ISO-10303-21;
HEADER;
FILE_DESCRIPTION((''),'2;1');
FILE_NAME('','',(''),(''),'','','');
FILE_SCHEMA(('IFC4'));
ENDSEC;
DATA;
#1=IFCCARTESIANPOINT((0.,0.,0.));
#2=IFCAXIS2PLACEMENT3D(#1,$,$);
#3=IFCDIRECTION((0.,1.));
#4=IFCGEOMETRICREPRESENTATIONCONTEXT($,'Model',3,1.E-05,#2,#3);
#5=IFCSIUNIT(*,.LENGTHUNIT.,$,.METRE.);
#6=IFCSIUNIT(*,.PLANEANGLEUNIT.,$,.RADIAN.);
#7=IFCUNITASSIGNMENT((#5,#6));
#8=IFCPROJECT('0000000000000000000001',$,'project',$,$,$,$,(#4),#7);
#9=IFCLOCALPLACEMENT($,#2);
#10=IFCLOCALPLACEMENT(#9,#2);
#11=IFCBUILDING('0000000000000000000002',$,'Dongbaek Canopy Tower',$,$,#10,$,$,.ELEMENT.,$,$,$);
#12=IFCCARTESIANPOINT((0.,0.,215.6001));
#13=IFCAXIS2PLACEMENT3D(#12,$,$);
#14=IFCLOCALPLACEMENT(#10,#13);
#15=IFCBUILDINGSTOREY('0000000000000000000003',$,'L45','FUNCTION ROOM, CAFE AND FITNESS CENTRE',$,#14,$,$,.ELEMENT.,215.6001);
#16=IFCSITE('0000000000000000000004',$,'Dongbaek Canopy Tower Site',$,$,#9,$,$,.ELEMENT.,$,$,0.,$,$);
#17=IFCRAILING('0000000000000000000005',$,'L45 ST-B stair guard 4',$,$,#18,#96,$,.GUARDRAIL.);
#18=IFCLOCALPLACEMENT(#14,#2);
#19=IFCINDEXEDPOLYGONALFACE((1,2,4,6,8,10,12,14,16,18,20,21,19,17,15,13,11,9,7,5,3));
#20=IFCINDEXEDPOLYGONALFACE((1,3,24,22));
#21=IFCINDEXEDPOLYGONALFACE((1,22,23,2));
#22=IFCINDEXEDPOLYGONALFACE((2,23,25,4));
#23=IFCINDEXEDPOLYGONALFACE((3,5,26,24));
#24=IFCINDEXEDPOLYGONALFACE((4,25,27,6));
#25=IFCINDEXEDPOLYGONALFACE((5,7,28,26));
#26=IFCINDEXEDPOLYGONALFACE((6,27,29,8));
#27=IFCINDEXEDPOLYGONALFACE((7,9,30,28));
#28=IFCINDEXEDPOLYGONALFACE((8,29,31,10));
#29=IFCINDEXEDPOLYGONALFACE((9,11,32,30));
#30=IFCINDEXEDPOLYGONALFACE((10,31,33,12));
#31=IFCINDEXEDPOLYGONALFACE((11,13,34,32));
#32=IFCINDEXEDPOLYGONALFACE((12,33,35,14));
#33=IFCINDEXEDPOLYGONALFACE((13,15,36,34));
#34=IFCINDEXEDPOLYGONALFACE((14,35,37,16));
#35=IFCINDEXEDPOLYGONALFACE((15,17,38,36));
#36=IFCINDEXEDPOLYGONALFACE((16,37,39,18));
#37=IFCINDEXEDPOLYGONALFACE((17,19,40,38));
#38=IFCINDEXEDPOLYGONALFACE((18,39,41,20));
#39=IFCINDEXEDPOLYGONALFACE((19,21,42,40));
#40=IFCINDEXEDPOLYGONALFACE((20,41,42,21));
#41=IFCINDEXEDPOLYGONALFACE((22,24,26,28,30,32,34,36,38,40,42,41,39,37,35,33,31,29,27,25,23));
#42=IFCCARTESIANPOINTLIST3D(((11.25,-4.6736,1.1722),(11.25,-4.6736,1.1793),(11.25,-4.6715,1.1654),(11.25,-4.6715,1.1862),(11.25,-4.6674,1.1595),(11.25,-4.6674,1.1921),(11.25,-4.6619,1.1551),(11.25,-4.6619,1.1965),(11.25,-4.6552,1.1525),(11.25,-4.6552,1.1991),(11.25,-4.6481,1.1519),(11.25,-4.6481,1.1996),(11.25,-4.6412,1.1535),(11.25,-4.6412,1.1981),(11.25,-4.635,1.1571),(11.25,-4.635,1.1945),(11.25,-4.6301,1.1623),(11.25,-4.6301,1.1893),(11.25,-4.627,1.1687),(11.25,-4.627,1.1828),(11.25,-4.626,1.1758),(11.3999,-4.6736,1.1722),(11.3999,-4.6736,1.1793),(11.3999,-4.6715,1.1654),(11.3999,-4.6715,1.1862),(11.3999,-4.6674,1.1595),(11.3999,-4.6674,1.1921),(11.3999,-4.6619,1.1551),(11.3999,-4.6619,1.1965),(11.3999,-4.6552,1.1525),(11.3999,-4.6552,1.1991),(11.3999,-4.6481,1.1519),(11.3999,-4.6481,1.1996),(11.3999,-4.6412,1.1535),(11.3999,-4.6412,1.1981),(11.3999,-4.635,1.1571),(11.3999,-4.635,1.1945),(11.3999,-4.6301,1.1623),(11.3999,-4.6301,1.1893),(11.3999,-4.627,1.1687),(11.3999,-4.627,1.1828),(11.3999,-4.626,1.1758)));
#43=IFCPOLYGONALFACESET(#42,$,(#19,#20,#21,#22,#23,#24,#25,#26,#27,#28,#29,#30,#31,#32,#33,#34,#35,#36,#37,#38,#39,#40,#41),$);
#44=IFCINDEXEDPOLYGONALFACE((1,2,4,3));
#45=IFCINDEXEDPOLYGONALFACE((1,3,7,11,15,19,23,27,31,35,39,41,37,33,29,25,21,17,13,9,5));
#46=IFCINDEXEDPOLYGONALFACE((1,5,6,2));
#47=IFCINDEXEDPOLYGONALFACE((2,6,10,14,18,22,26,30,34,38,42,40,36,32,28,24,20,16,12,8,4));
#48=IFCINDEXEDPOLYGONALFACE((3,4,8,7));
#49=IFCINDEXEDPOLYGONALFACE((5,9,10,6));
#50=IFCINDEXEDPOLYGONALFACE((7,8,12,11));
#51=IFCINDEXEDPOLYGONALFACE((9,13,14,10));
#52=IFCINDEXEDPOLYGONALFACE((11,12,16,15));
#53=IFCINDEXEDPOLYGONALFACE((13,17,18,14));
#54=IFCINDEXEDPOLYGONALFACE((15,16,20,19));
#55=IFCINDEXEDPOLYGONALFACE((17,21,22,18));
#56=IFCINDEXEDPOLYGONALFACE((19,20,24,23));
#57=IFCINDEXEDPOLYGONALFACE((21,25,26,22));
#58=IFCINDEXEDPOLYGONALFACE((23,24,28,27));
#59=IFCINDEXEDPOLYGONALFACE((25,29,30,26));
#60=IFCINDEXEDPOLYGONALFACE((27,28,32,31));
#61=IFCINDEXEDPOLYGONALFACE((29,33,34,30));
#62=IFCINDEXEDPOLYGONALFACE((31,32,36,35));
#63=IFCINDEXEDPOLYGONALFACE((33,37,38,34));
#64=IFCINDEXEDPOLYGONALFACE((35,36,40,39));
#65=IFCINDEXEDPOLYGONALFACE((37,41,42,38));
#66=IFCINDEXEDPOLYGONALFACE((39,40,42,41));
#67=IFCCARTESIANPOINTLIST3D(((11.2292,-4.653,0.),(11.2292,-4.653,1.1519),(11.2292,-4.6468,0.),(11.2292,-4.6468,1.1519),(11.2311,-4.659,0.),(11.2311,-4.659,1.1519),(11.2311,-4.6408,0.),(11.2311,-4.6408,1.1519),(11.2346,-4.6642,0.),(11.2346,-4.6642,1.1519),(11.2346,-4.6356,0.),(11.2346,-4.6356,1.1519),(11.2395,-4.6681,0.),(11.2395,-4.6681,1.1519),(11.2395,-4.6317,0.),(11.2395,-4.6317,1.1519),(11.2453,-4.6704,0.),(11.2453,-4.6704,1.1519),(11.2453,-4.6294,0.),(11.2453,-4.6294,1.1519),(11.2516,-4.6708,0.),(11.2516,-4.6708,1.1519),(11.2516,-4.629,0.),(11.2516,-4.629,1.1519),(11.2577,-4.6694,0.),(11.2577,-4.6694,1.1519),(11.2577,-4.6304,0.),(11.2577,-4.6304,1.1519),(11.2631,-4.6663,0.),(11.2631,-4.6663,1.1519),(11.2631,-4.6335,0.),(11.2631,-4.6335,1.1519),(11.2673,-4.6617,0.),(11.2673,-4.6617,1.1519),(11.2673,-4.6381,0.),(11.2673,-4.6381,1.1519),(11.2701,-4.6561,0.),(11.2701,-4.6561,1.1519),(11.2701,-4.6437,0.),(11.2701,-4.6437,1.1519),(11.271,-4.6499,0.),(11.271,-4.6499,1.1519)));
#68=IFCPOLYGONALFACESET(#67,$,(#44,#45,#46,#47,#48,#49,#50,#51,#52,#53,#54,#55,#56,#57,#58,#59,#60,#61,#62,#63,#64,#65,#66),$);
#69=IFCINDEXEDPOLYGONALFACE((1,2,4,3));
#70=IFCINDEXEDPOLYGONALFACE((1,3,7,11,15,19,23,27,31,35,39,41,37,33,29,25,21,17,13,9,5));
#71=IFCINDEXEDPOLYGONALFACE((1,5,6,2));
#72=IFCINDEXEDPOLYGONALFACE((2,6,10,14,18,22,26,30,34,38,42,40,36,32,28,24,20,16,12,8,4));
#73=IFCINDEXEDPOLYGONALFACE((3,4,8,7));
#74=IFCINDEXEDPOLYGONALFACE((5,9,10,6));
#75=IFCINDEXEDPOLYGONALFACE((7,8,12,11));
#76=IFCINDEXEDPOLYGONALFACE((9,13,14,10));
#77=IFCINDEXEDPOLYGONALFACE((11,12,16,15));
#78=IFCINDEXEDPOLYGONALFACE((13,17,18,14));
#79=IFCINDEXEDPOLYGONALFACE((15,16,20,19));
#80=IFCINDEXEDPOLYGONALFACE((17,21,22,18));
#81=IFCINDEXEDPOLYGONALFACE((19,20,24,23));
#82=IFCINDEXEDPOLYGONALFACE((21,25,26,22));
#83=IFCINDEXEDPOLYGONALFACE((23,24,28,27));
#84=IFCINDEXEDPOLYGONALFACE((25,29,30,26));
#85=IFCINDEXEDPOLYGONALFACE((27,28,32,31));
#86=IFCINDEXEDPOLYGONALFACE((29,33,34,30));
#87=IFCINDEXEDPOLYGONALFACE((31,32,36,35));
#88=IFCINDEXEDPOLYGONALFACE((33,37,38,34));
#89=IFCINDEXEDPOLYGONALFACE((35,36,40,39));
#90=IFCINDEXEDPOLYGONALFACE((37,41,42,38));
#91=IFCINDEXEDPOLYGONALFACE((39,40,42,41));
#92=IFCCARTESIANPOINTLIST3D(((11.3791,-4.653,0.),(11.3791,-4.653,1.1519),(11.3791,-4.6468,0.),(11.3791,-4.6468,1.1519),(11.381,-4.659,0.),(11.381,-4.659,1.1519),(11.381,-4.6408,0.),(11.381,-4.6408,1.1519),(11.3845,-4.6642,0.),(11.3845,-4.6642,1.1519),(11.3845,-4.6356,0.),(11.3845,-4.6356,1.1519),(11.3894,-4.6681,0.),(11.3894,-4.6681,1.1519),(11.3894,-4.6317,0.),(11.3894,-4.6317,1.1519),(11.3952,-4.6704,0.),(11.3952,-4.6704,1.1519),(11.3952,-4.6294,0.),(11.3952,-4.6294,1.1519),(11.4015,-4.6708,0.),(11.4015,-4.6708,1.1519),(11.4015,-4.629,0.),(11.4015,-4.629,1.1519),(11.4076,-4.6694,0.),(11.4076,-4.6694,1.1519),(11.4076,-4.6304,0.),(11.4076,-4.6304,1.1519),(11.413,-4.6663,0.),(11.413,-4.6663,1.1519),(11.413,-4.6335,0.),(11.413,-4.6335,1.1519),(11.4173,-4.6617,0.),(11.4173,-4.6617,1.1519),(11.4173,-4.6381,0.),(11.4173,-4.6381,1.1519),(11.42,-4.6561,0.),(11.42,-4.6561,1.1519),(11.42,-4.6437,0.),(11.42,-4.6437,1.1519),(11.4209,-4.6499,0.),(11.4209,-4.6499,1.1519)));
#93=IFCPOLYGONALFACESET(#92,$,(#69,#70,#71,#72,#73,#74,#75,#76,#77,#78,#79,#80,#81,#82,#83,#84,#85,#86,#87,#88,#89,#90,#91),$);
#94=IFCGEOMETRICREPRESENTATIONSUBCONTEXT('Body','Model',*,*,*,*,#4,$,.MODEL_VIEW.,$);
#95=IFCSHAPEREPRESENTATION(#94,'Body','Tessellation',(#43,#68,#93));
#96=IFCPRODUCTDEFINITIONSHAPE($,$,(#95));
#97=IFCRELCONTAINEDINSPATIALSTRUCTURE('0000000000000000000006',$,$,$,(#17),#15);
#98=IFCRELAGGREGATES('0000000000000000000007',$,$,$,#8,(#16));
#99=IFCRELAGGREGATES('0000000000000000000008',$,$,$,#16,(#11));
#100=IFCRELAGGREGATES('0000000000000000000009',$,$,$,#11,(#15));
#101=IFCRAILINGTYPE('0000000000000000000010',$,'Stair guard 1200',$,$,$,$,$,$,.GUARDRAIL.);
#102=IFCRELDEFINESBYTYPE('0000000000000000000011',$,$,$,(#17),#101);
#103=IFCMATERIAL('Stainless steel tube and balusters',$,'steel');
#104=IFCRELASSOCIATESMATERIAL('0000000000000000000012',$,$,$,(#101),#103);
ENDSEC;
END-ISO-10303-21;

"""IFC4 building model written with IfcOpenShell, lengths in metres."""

from ifc_helpers import new_model, si_unit, direction, frame, origin, origin_2d, place, context, subcontext, project, spatial, circle, extrude, material, type_object, element, save


model = new_model("IFC4")

# Units and contexts
model_context = context("Model", 3, precision=1e-05, world=origin(), true_north=direction((0.0, 1.0)))
body_context = subcontext(model_context, "Body", "Model", "MODEL_VIEW")
ifc_project = project(units=[si_unit("LENGTHUNIT", "METRE"), si_unit("PLANEANGLEUNIT", "RADIAN")], contexts=[model_context])

# Site, building, storey
site_placement = place(None, origin())
site = spatial("IfcSite", under=ifc_project, at=site_placement, Name="Dongbaek Canopy Tower Site", CompositionType="ELEMENT", RefElevation=0.0)
building_placement = place(site_placement, origin())
building = spatial("IfcBuilding", under=site, at=building_placement, Name="Dongbaek Canopy Tower", CompositionType="ELEMENT")
storey_placement = place(building_placement, frame((0.0, 0.0, 215.6001)))
storey = spatial("IfcBuildingStorey", under=building, at=storey_placement, Name="L45", Description="FUNCTION ROOM, CAFE AND FITNESS CENTRE", CompositionType="ELEMENT", Elevation=215.6001)

# Railing
ifc_material_1 = material(Name="Stainless steel tube and balusters", Category="steel")
railing_type_1 = type_object("IfcRailingType", Name="Stair guard 1200", PredefinedType="GUARDRAIL", material=ifc_material_1)
railing_1_placement = place(storey_placement, frame((11.25, -4.6499, 0.0)))
element("IfcRailing", 1, at=railing_1_placement, inside=storey, type_object=railing_type_1, Name="L45 ST-B stair guard 4", PredefinedType="GUARDRAIL", context=body_context, shape_type="SweptSolid", body=[
    extrude(circle(Radius=0.0239, at=origin_2d()), frame((0.0, 0.0, 1.1758), z_axis=(1.0, 0.0, 0.0), x_axis=(0.0, 1.0, 0.0)), (0.0, 0.0, 1.0), 0.1499),
    extrude(circle(Radius=0.021, at=origin_2d()), origin(), (0.0, 0.0, 1.0), 1.1519),
    extrude(circle(Radius=0.021, at=origin_2d()), frame((0.1499, 0.0, 0.0)), (0.0, 0.0, 1.0), 1.1519),
])

save(model, "model.ifc")
